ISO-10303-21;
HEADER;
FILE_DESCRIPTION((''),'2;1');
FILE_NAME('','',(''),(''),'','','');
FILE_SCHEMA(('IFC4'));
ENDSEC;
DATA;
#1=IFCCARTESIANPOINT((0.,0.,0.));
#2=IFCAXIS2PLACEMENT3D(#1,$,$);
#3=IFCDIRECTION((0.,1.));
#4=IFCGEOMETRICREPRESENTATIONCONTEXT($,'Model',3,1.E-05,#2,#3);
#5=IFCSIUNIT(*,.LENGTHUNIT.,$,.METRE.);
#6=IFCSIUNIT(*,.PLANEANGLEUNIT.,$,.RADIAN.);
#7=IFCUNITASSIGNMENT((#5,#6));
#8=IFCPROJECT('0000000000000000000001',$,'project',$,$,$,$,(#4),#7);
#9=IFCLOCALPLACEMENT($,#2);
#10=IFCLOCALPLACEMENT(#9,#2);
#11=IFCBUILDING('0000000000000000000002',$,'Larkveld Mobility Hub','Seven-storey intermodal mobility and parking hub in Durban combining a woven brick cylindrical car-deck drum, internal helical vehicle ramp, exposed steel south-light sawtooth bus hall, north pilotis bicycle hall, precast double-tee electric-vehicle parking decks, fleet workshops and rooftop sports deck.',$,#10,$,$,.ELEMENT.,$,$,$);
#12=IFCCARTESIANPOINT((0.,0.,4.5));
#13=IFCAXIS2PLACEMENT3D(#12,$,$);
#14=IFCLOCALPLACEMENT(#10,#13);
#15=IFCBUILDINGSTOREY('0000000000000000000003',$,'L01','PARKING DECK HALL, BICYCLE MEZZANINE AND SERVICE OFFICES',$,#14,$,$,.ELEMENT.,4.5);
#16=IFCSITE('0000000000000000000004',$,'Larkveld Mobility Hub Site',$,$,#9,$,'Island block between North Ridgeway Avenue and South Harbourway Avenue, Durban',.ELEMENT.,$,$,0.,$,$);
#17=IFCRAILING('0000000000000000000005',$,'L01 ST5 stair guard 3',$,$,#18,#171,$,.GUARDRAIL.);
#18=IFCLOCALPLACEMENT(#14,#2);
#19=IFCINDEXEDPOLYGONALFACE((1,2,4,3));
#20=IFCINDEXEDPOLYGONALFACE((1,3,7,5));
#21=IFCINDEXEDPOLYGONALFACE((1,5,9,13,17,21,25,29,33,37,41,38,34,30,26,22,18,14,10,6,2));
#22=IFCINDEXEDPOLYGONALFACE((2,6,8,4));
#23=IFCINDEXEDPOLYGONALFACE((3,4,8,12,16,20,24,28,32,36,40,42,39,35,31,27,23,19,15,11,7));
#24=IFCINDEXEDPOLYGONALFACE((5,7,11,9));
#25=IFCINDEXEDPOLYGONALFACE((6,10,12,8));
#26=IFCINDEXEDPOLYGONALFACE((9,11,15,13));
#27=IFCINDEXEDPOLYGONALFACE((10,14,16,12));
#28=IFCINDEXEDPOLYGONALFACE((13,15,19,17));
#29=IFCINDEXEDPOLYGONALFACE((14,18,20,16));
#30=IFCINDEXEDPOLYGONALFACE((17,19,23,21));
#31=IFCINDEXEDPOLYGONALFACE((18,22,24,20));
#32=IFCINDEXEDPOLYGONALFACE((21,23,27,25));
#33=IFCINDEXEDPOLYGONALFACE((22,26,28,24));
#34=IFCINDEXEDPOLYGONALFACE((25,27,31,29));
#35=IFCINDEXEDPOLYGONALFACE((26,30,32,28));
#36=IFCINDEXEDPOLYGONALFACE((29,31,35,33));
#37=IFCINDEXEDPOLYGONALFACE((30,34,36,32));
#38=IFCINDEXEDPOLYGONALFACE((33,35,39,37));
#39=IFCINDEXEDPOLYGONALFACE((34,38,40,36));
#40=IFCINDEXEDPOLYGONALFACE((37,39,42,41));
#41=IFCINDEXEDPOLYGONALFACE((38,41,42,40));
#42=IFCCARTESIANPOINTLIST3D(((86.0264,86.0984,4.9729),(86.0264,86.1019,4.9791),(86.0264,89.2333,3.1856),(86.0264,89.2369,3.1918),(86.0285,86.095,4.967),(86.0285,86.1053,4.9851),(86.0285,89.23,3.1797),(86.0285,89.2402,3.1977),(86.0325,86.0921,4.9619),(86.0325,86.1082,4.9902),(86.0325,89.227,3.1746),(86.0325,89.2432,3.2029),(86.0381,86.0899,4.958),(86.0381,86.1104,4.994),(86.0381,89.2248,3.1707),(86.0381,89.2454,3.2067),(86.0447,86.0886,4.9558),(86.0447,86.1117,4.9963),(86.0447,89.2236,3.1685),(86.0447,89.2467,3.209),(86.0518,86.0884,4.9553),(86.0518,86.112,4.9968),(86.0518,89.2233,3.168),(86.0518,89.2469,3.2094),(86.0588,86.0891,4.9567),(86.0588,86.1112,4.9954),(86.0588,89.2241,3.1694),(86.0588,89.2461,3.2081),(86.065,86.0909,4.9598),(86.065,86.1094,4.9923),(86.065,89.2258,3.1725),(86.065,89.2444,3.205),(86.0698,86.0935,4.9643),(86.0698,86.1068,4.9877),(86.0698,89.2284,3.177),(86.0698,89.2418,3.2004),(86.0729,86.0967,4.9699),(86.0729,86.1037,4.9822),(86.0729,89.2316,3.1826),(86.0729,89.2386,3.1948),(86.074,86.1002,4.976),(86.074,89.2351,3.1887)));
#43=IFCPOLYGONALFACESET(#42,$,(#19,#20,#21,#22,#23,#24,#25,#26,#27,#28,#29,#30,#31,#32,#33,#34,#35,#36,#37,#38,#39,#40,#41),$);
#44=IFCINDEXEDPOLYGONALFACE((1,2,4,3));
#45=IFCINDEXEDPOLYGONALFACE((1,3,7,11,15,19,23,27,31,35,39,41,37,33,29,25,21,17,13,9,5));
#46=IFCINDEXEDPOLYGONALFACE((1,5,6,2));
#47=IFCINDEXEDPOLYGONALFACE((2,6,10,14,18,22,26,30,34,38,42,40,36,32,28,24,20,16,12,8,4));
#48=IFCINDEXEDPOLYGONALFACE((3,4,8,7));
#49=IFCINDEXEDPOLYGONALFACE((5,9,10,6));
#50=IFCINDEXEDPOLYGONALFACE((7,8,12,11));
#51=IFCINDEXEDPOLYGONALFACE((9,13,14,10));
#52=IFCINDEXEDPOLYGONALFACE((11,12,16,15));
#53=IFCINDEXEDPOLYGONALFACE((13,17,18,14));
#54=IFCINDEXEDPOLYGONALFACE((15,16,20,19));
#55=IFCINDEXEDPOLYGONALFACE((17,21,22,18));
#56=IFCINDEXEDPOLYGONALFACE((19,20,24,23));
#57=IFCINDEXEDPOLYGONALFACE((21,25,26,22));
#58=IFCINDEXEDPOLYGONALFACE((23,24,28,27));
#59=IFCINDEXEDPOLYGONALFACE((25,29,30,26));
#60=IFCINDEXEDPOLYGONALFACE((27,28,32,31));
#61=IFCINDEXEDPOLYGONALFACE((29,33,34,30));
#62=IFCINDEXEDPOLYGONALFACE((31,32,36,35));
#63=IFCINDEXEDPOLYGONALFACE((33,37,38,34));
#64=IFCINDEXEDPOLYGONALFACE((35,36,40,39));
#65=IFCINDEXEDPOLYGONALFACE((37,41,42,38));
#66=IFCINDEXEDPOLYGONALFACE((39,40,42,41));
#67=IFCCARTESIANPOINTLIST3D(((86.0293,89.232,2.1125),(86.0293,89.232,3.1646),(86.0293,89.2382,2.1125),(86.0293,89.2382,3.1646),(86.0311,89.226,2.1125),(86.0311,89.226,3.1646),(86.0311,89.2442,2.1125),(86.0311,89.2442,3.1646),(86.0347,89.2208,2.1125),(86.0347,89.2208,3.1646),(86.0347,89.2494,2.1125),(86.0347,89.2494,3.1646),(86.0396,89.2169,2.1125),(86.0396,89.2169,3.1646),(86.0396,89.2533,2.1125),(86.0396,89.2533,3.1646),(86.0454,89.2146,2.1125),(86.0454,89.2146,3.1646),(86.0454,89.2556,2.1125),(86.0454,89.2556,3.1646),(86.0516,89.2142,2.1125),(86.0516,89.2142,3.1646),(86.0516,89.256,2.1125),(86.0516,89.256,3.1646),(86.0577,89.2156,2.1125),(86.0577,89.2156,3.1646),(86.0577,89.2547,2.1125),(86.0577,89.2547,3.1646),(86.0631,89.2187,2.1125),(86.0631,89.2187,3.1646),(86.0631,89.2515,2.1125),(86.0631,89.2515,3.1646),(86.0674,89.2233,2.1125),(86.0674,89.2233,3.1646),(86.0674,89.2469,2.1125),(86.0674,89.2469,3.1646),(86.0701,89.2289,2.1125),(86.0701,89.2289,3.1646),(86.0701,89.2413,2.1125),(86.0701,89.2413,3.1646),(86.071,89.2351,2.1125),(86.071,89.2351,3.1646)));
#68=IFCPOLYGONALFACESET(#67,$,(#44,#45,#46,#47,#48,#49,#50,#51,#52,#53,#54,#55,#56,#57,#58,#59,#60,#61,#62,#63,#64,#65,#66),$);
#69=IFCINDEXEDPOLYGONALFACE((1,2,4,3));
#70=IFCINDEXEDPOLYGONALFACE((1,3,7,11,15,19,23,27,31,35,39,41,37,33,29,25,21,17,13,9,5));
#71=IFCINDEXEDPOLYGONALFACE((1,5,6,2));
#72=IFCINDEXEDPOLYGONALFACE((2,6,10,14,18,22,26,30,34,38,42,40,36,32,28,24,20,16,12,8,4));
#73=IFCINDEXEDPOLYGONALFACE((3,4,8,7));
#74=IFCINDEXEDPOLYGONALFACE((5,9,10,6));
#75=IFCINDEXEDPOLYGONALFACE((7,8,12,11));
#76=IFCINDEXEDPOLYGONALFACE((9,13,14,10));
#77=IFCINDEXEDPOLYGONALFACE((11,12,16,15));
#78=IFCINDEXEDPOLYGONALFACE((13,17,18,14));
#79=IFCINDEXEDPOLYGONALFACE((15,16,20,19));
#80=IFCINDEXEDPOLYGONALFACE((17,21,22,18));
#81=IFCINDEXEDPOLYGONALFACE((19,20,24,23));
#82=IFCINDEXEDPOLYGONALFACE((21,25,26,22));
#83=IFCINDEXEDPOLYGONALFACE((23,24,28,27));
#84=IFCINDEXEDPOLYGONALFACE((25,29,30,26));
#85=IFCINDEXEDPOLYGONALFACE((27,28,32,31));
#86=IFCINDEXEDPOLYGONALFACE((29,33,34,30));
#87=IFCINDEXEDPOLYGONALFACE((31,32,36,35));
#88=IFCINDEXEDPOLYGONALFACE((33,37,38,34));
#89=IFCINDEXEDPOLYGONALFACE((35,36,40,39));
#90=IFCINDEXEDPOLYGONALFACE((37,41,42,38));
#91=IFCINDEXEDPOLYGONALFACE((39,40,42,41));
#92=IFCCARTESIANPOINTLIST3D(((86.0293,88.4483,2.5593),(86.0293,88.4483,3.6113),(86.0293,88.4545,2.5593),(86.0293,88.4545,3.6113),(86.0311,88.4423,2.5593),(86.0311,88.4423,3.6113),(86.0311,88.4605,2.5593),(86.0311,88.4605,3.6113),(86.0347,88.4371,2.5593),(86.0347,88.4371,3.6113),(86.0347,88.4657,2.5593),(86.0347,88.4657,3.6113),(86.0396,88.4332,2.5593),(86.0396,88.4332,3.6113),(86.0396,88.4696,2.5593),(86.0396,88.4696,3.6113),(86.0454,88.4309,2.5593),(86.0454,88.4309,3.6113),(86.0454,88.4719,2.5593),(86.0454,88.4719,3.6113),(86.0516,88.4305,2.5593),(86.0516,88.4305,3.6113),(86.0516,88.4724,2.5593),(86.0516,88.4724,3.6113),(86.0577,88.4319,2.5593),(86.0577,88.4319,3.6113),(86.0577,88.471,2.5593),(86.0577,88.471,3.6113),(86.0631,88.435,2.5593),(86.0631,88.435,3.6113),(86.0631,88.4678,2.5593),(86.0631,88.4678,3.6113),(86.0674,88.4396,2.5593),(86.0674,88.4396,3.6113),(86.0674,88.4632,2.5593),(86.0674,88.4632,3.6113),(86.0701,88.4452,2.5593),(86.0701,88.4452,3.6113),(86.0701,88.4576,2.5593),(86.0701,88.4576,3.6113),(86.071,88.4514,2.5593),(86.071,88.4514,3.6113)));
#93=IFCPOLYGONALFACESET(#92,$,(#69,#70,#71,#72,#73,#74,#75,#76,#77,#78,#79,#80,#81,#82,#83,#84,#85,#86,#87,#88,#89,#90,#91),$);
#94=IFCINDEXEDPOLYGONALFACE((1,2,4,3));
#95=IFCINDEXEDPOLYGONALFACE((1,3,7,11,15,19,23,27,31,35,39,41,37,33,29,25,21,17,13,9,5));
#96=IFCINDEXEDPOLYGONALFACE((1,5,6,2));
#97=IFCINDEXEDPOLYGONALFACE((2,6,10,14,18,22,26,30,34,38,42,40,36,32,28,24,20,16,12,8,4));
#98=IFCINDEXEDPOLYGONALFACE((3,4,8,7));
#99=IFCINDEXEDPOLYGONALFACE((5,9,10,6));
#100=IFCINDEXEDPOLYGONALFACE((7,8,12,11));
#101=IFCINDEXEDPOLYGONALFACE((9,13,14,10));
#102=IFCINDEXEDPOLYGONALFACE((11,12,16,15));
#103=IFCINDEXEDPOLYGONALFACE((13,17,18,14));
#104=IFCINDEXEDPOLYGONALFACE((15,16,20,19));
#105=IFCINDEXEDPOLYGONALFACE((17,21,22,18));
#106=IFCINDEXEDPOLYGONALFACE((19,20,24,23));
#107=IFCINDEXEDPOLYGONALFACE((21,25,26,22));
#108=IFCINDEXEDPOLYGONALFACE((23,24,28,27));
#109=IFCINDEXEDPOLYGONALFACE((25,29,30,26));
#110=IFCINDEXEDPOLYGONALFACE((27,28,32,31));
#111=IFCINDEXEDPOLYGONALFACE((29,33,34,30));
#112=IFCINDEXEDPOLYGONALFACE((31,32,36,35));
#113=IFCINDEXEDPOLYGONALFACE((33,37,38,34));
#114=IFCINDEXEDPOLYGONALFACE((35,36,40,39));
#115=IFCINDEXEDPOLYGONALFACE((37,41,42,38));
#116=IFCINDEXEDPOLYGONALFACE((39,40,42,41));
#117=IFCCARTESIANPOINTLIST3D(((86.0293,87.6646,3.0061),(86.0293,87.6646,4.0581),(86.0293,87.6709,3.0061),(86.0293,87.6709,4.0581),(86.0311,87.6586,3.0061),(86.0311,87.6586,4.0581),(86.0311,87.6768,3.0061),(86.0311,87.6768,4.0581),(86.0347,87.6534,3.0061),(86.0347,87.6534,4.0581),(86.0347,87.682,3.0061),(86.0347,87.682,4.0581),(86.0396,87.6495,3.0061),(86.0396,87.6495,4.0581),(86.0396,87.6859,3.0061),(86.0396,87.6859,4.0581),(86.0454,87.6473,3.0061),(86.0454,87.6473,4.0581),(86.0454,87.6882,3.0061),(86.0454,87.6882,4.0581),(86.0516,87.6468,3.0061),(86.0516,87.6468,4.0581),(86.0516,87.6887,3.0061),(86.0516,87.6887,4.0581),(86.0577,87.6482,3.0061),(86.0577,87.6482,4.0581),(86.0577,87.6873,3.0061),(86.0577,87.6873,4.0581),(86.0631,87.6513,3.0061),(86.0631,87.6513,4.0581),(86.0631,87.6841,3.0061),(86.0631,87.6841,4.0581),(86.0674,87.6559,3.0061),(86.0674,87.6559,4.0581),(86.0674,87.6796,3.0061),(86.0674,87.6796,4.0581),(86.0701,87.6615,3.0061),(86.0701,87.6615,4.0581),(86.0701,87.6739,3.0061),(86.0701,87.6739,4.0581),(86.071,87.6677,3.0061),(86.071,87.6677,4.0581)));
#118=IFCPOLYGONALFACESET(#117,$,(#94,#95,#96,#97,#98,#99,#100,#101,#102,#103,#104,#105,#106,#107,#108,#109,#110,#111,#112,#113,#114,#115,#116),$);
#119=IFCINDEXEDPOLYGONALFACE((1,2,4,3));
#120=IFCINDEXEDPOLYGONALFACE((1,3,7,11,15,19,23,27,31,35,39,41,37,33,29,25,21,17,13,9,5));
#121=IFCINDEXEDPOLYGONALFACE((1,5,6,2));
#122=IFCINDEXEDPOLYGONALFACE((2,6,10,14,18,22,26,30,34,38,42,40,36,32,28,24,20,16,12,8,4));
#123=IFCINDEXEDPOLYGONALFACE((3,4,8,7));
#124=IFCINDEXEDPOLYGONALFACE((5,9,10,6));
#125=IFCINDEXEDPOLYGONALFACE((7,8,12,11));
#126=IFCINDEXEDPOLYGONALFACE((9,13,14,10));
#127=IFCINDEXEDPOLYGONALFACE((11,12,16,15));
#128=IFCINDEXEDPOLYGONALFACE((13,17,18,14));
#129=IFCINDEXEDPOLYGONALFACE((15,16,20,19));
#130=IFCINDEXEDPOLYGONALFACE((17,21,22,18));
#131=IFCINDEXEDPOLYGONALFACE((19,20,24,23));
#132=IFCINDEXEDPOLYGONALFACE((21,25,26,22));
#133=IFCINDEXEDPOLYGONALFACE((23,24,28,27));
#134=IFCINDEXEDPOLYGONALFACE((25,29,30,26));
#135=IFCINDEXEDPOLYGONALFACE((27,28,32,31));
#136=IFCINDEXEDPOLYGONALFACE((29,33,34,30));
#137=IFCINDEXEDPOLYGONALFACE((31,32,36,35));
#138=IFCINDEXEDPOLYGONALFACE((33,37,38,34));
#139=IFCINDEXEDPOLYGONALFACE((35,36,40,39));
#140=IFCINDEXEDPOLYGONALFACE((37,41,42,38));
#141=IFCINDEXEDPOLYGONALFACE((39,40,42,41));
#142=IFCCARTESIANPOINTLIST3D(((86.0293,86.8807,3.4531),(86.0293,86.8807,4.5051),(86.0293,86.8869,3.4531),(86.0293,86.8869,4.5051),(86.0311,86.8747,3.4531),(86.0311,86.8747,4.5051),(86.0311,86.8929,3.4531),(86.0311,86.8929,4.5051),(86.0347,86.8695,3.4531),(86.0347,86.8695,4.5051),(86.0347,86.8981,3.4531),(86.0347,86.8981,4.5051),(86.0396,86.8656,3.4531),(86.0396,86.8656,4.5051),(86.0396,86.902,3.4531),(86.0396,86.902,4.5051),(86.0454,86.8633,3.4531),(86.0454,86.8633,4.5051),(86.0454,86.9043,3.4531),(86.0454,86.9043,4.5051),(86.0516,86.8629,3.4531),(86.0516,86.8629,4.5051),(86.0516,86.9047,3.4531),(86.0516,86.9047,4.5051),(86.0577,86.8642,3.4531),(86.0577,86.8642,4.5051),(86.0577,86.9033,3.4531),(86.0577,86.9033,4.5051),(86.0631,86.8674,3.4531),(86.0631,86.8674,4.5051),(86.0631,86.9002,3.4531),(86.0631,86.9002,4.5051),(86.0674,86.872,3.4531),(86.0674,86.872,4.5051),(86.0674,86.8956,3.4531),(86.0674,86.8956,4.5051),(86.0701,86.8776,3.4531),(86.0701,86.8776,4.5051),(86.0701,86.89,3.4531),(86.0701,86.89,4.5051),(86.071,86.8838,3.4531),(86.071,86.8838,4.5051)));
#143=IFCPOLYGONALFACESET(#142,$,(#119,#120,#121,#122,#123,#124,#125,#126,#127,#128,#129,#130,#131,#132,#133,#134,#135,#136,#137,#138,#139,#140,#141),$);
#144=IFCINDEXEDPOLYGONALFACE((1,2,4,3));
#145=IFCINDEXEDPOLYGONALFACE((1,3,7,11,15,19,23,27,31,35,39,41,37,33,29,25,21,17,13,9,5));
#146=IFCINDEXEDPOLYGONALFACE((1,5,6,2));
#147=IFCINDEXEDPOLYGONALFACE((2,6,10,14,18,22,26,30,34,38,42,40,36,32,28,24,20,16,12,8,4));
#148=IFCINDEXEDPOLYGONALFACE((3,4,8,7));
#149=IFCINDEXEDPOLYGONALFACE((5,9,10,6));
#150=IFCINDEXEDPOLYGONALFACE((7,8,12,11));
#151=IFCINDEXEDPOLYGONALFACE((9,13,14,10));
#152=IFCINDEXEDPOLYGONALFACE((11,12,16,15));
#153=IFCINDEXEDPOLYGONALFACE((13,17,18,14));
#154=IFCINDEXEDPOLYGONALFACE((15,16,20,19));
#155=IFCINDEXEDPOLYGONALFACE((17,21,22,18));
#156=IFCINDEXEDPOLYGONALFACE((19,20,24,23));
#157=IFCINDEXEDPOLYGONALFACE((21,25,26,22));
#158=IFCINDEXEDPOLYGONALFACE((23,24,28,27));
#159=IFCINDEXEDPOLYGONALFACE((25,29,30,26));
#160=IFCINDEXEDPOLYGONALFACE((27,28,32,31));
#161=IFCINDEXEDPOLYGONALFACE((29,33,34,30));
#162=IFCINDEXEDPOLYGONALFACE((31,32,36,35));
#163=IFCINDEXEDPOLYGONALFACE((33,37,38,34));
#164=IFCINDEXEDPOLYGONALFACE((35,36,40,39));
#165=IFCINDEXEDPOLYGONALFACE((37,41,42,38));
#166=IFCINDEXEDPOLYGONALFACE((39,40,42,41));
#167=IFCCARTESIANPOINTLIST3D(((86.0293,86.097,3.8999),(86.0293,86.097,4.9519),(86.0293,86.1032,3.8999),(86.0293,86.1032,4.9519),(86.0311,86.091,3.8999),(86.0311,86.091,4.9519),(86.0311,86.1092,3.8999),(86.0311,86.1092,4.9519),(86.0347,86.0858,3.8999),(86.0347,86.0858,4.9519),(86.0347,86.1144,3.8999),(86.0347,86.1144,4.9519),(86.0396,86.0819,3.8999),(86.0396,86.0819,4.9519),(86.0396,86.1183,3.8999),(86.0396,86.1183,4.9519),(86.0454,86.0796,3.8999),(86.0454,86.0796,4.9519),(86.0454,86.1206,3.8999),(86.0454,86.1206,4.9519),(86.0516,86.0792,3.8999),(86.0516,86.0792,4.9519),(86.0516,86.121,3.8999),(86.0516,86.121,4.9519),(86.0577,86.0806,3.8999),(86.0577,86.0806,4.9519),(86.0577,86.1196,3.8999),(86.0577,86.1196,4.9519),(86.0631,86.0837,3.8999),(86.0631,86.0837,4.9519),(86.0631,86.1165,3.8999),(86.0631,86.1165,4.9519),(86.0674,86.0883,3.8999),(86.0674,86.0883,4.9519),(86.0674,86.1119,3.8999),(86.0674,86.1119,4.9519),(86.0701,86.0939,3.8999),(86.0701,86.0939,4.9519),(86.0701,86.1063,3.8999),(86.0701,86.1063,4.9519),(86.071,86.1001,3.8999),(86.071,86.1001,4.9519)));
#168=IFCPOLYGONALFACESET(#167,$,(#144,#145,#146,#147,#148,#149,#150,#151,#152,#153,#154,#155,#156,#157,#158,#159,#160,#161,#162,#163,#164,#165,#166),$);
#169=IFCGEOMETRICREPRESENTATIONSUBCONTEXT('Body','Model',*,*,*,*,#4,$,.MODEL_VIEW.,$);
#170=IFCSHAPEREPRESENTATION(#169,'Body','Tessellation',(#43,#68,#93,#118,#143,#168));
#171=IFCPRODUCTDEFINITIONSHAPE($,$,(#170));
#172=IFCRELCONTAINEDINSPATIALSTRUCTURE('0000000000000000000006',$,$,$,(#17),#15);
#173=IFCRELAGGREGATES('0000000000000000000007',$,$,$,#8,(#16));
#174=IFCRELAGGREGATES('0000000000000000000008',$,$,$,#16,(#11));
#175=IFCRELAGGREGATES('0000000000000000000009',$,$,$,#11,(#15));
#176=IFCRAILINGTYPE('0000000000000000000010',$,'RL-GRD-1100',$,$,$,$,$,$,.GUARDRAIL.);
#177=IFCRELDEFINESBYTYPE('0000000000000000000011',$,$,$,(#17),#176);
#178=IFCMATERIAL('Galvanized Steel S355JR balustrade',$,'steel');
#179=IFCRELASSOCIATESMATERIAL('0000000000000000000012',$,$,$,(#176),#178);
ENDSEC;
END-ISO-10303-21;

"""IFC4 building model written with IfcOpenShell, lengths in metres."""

from ifc_helpers import new_model, si_unit, direction, frame, origin, origin_2d, place, context, subcontext, project, spatial, circle, extrude, material, type_object, element, save


model = new_model("IFC4")

# Units and contexts
model_context = context("Model", 3, precision=1e-05, world=origin(), true_north=direction((0.0, 1.0)))
body_context = subcontext(model_context, "Body", "Model", "MODEL_VIEW")
ifc_project = project(units=[si_unit("LENGTHUNIT", "METRE"), si_unit("PLANEANGLEUNIT", "RADIAN")], contexts=[model_context])

# Site, building, storey
site_placement = place(None, origin())
site = spatial("IfcSite", under=ifc_project, at=site_placement, Name="Larkveld Mobility Hub Site", LongName="Island block between North Ridgeway Avenue and South Harbourway Avenue, Durban", CompositionType="ELEMENT", RefElevation=0.0)
building_placement = place(site_placement, origin())
building = spatial("IfcBuilding", under=site, at=building_placement, Name="Larkveld Mobility Hub", Description="Seven-storey intermodal mobility and parking hub in Durban combining a woven brick cylindrical car-deck drum, internal helical vehicle ramp, exposed steel south-light sawtooth bus hall, north pilotis bicycle hall, precast double-tee electric-vehicle parking decks, fleet workshops and rooftop sports deck.", CompositionType="ELEMENT")
storey_placement = place(building_placement, frame((0.0, 0.0, 4.5)))
storey = spatial("IfcBuildingStorey", under=building, at=storey_placement, Name="L01", Description="PARKING DECK HALL, BICYCLE MEZZANINE AND SERVICE OFFICES", CompositionType="ELEMENT", Elevation=4.5)

# Railing
ifc_material_1 = material(Name="Galvanized Steel S355JR balustrade", Category="steel")
railing_type_1 = type_object("IfcRailingType", Name="RL-GRD-1100", PredefinedType="GUARDRAIL", material=ifc_material_1)
railing_1_placement = place(storey_placement, frame((86.05, 89.2351, 2.1125)))
element("IfcRailing", 1, at=railing_1_placement, inside=storey, type_object=railing_type_1, Name="L01 ST5 stair guard 3", PredefinedType="GUARDRAIL", context=body_context, shape_type="SweptSolid", body=[
    extrude(circle(Radius=0.0239, at=origin_2d()), frame((0.0, 0.0, 1.0762), z_axis=(0.0, -0.86873, 0.495286), x_axis=(1.0, 0.0, 0.0)), (0.0, 0.0, 1.0), 3.6086),
    extrude(circle(Radius=0.021, at=origin_2d()), origin(), (0.0, 0.0, 1.0), 1.052),
    extrude(circle(Radius=0.021, at=origin_2d()), frame((0.0, -0.7837, 0.4468)), (0.0, 0.0, 1.0), 1.052),
    extrude(circle(Radius=0.021, at=origin_2d()), frame((0.0, -1.5674, 0.8936)), (0.0, 0.0, 1.0), 1.052),
    extrude(circle(Radius=0.021, at=origin_2d()), frame((0.0, -2.3513, 1.3406)), (0.0, 0.0, 1.0), 1.052),
    extrude(circle(Radius=0.021, at=origin_2d()), frame((0.0, -3.135, 1.7874)), (0.0, 0.0, 1.0), 1.052),
])

save(model, "model.ifc")
